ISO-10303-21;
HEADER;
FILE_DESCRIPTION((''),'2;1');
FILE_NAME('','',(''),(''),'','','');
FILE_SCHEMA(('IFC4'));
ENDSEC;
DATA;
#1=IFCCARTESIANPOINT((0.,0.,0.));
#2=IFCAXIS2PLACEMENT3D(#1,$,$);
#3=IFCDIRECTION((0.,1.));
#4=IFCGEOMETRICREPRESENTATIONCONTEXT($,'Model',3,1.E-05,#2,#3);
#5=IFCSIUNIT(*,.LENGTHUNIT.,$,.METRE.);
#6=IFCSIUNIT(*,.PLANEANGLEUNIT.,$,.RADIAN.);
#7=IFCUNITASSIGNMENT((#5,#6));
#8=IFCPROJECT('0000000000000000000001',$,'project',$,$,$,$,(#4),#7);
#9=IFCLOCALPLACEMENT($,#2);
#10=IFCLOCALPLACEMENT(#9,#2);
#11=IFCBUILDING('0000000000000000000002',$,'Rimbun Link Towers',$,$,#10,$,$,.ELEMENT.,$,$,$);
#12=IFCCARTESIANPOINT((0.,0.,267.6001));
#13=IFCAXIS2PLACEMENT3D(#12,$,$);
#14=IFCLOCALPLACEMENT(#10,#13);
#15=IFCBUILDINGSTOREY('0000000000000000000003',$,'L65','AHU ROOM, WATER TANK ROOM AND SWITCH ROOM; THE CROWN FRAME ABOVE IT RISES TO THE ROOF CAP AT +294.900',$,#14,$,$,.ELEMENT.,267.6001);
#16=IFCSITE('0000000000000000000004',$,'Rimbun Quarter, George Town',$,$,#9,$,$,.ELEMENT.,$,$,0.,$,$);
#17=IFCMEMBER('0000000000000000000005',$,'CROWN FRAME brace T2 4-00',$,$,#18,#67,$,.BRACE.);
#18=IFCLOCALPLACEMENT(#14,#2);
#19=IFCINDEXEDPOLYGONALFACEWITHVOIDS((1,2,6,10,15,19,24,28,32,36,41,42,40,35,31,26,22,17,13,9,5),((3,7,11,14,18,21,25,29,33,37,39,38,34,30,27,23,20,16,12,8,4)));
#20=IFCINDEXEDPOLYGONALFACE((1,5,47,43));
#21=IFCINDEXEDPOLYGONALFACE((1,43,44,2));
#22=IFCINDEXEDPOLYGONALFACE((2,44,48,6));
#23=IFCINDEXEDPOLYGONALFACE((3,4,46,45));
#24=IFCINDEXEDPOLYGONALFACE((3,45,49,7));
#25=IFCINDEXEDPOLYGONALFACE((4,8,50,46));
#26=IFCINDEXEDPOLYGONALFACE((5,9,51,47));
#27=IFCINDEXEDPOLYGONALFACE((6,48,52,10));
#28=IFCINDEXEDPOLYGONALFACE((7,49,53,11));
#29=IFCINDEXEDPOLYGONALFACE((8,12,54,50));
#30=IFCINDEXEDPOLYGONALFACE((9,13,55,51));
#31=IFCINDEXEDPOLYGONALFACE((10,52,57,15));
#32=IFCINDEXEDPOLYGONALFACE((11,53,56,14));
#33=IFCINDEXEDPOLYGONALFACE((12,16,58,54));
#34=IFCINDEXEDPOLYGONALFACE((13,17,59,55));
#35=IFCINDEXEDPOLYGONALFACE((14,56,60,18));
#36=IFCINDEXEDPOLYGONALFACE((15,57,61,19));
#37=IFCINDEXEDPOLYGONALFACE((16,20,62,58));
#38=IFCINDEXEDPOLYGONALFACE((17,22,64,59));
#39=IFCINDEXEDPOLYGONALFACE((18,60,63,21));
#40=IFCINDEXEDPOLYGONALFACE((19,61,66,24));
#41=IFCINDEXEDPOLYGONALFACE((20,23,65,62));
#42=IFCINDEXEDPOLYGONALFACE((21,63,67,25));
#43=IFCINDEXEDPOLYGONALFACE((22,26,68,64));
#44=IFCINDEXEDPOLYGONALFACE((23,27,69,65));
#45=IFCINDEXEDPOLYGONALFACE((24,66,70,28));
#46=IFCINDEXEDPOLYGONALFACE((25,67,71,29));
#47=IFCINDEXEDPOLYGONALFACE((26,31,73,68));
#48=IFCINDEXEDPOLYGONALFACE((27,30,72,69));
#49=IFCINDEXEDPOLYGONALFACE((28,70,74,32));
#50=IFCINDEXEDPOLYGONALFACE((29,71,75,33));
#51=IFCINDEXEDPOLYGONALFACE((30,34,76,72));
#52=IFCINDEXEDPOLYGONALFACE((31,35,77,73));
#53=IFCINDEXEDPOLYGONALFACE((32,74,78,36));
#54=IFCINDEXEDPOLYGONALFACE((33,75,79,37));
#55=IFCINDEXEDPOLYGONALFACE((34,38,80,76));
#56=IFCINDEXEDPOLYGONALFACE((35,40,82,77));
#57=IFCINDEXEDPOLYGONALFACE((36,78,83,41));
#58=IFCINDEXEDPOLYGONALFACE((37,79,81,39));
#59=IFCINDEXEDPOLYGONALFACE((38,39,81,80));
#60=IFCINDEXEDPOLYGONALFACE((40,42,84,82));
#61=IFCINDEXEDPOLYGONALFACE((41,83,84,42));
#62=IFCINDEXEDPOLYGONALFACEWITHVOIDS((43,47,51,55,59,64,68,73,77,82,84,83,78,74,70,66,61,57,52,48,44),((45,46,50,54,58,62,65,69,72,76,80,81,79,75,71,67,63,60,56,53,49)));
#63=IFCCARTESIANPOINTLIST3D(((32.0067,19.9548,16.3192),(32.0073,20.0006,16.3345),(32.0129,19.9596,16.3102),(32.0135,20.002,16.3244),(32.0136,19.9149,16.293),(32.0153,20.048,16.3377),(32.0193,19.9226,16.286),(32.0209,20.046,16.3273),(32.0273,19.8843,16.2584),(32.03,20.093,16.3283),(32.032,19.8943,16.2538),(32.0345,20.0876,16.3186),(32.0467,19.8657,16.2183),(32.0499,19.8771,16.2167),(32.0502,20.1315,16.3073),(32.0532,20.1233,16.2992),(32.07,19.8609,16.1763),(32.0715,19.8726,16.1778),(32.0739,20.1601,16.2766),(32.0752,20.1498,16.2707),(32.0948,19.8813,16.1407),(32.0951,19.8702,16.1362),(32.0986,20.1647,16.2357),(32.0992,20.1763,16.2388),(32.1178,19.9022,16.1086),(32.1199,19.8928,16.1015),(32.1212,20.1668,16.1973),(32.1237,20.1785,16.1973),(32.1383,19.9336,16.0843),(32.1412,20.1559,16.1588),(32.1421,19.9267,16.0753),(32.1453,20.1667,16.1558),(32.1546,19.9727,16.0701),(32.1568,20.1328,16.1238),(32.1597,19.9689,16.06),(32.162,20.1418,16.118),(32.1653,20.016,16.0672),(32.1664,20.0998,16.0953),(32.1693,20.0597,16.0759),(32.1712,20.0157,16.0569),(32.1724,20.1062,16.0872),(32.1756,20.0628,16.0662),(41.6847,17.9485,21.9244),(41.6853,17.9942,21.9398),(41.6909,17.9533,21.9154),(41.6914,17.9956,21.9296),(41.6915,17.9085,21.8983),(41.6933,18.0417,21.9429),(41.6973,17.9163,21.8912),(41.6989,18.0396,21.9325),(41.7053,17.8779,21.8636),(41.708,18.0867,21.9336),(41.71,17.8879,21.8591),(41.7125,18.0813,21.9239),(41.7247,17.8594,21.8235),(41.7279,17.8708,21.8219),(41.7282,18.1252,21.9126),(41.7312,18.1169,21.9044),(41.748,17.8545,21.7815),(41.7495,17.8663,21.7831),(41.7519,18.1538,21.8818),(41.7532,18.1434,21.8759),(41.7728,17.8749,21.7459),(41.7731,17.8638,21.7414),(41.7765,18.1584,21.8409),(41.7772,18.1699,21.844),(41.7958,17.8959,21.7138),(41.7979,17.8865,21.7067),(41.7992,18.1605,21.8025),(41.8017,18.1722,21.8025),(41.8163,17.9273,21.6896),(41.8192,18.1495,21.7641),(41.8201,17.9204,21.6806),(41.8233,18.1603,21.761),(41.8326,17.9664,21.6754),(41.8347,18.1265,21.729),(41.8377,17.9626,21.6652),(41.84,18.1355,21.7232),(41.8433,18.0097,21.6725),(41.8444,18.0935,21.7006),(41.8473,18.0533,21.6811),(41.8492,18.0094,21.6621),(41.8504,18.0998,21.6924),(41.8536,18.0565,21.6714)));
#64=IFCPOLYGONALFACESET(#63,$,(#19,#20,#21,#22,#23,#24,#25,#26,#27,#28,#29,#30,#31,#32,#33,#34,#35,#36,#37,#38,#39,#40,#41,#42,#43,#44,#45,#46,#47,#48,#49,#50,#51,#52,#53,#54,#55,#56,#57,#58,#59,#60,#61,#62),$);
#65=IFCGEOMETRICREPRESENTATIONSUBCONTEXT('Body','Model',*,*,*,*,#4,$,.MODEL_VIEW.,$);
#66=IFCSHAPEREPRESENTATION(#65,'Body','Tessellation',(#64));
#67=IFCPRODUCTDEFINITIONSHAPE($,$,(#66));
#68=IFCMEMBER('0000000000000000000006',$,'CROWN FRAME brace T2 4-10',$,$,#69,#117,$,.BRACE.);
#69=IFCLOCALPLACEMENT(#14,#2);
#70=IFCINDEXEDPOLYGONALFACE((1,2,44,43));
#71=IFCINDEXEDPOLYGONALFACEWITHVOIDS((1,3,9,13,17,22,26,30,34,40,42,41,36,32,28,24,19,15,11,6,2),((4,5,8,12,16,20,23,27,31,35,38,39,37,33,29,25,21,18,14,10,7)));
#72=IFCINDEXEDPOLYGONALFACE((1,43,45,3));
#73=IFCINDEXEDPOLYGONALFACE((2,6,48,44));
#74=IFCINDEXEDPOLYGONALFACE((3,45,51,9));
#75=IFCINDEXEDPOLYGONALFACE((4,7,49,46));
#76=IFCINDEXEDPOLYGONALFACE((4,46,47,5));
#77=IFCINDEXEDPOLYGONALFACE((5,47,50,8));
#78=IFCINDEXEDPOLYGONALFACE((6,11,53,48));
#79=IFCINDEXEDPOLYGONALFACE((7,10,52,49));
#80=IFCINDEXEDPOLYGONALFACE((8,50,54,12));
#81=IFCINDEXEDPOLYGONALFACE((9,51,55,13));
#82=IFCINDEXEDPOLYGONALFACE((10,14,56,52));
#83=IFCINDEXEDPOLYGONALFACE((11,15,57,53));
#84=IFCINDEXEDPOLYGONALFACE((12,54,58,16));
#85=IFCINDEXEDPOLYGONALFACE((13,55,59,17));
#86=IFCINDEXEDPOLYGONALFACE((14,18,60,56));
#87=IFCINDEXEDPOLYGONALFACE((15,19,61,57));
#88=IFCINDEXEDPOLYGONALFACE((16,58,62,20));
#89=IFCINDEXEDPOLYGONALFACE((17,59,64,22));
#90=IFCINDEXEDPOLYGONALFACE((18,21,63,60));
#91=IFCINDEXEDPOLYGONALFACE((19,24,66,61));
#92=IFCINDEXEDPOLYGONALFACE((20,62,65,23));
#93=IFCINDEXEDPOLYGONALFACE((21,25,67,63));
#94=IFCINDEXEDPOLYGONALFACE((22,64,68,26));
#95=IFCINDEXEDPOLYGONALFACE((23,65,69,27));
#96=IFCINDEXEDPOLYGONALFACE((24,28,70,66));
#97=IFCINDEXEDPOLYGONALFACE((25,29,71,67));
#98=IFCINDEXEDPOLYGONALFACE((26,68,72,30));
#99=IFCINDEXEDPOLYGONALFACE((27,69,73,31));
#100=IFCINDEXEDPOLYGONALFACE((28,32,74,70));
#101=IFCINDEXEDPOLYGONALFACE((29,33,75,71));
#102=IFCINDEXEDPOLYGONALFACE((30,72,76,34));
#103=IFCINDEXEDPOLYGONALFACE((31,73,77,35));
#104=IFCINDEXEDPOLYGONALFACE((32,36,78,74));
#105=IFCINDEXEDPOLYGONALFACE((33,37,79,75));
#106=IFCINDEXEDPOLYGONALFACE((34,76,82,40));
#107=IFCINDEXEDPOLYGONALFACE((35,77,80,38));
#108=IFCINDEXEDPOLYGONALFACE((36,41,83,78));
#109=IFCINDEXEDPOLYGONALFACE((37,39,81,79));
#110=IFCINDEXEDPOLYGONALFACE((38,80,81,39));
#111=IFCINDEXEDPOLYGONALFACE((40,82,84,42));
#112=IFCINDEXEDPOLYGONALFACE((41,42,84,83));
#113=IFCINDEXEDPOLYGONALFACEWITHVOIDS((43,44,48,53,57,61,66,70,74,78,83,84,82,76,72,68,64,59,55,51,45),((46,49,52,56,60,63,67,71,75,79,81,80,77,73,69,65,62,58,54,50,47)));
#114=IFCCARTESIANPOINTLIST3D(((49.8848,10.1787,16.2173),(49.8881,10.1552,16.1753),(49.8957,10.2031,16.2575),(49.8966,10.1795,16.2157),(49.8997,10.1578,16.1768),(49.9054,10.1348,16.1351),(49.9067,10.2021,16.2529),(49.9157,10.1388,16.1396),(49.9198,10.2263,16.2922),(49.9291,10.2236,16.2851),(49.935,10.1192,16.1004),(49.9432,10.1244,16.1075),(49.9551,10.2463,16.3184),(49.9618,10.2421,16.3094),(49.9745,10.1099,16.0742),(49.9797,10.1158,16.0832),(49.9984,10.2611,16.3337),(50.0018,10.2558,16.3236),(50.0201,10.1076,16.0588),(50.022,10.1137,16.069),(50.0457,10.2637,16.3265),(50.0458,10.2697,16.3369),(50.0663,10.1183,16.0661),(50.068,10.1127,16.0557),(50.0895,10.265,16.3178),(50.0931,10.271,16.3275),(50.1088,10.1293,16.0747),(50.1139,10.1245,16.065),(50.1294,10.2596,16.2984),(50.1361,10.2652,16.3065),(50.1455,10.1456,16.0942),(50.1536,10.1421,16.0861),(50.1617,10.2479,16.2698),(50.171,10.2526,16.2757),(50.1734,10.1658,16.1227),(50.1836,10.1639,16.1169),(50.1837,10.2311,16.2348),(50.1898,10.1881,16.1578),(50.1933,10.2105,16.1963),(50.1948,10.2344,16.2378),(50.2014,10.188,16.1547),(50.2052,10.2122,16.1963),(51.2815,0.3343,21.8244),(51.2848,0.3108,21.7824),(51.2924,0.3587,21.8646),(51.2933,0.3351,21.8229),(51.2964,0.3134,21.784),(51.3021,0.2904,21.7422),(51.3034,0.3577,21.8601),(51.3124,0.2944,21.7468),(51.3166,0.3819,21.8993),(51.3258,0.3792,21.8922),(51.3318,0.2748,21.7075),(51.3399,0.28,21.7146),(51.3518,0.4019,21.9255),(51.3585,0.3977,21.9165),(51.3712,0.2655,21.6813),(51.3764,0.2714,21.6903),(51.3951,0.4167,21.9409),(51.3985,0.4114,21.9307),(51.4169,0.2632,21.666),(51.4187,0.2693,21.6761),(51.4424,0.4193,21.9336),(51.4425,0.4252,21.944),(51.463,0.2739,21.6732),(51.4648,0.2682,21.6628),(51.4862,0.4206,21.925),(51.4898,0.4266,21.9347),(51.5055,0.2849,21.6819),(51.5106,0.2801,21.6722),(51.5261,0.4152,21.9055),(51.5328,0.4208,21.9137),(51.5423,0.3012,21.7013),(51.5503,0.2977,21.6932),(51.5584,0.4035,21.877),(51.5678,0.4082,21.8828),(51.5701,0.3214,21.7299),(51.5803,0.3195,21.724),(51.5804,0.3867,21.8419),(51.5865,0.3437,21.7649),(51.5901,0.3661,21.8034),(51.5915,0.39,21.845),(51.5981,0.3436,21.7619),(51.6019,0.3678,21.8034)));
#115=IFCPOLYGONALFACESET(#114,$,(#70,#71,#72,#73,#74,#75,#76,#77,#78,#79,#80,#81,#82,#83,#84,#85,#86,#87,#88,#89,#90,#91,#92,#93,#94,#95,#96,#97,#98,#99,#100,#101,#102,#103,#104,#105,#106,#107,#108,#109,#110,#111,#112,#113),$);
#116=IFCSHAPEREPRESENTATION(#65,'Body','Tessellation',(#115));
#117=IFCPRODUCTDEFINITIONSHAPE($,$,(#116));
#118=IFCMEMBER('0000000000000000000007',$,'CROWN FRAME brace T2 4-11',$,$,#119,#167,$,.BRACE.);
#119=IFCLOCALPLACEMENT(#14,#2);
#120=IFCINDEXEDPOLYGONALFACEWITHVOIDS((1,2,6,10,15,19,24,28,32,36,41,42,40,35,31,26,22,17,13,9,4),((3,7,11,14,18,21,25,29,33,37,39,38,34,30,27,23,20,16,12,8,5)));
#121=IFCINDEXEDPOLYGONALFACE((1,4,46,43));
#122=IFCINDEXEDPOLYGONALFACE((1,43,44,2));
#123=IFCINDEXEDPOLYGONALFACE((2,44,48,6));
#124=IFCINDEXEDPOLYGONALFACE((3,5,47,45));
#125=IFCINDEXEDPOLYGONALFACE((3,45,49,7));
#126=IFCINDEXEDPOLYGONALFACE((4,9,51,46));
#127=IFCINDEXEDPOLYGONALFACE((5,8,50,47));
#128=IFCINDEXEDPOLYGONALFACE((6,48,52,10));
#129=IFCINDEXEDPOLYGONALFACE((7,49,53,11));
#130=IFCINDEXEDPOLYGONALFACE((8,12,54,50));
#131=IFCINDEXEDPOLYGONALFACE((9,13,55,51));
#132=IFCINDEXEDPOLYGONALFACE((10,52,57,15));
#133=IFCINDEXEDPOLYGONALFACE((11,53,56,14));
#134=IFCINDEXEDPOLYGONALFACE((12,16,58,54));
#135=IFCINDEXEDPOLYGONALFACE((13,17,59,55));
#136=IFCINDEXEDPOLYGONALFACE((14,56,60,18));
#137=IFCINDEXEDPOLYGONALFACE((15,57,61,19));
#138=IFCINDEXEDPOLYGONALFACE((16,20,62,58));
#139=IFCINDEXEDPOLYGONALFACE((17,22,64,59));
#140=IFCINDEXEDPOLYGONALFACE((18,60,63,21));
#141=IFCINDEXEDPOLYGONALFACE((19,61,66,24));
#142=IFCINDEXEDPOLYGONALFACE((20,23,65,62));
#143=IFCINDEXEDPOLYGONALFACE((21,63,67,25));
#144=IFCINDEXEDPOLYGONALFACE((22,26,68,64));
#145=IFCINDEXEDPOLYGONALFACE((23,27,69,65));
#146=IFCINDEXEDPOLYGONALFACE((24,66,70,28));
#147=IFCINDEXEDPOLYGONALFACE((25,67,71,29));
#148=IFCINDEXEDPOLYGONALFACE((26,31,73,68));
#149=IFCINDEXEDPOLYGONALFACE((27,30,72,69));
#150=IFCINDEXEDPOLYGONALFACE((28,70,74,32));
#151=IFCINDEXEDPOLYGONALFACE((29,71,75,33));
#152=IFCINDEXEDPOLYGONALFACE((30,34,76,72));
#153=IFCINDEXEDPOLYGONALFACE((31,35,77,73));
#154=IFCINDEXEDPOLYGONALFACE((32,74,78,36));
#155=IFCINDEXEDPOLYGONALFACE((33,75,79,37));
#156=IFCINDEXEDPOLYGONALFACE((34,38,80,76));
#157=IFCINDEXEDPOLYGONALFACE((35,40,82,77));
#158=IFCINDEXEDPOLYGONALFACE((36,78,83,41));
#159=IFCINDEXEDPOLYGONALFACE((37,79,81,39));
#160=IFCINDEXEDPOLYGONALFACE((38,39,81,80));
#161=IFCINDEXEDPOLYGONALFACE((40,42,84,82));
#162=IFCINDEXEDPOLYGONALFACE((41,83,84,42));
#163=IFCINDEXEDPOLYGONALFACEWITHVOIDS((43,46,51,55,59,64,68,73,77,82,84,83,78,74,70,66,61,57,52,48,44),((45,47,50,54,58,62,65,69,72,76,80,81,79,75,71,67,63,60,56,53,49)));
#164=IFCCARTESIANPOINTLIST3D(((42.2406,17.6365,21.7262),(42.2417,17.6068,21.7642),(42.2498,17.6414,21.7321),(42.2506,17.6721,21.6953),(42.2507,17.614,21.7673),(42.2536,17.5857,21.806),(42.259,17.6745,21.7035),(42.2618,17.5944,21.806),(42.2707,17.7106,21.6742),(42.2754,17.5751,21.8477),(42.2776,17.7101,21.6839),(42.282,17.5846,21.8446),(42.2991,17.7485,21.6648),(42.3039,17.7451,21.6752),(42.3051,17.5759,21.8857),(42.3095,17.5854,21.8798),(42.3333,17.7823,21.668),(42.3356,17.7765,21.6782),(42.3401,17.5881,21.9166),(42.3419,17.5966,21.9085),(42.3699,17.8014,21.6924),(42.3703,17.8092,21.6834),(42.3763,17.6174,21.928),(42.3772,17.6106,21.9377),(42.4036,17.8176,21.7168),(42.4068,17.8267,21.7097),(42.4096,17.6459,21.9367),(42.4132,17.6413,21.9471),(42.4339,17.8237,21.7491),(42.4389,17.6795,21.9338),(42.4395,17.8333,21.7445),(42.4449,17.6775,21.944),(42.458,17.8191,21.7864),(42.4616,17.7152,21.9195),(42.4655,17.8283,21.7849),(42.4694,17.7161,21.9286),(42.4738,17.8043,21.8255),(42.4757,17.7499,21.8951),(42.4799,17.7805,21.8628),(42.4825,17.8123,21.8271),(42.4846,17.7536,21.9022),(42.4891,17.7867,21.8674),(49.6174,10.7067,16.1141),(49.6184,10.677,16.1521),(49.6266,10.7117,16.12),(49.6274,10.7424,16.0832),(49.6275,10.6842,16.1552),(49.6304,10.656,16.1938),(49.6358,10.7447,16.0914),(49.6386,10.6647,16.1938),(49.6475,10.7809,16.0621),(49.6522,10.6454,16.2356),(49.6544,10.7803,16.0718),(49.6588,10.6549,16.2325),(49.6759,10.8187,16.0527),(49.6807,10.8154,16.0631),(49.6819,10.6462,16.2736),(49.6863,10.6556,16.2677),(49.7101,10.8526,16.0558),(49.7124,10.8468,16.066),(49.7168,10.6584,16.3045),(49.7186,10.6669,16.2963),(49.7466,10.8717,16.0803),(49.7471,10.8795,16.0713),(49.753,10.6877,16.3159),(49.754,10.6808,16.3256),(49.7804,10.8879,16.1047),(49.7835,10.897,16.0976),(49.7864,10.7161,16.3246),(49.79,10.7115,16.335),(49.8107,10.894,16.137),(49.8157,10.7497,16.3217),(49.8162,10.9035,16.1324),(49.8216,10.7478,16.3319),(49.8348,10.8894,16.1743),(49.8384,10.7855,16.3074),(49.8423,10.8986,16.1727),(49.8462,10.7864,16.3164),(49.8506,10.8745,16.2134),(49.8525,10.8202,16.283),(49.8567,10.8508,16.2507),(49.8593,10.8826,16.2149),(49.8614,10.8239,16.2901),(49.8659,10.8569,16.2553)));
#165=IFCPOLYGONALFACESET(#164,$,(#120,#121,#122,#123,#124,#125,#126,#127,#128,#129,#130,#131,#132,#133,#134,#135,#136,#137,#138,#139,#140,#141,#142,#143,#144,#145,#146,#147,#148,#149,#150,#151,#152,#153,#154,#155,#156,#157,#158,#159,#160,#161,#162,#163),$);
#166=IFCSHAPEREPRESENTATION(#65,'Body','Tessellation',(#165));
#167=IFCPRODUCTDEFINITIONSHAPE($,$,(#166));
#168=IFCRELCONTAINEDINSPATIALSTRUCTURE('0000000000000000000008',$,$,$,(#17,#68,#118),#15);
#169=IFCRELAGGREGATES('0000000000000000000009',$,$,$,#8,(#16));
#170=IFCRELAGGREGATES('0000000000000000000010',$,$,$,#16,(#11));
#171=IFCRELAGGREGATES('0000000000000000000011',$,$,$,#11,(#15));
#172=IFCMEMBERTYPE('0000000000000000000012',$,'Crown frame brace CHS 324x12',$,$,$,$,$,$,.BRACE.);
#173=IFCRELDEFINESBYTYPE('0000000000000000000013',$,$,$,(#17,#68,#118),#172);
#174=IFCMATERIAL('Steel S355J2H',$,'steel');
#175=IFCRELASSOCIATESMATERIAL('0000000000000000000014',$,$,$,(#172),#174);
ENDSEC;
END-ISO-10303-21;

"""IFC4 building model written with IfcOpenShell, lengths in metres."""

from ifc_helpers import new_model, si_unit, direction, frame, origin, origin_2d, place, context, subcontext, project, spatial, hollow_circle, extrude, material, material_profile, profile_set, type_object, element, save


model = new_model("IFC4")

# Units and contexts
model_context = context("Model", 3, precision=1e-05, world=origin(), true_north=direction((0.0, 1.0)))
body_context = subcontext(model_context, "Body", "Model", "MODEL_VIEW")
ifc_project = project(units=[si_unit("LENGTHUNIT", "METRE"), si_unit("PLANEANGLEUNIT", "RADIAN")], contexts=[model_context])

# Site, building, storey
site_placement = place(None, origin())
site = spatial("IfcSite", under=ifc_project, at=site_placement, Name="Rimbun Quarter, George Town", CompositionType="ELEMENT", RefElevation=0.0)
building_placement = place(site_placement, origin())
building = spatial("IfcBuilding", under=site, at=building_placement, Name="Rimbun Link Towers", CompositionType="ELEMENT")
storey_placement = place(building_placement, frame((0.0, 0.0, 267.6001)))
storey = spatial("IfcBuildingStorey", under=building, at=storey_placement, Name="L65", Description="AHU ROOM, WATER TANK ROOM AND SWITCH ROOM; THE CROWN FRAME ABOVE IT RISES TO THE ROOF CAP AT +294.900", CompositionType="ELEMENT", Elevation=267.6001)

# Members
ifc_material_1 = material(Name="Steel S355J2H", Category="steel")
ifc_material_profile_1 = material_profile(ifc_material_1, hollow_circle(Radius=0.1619, WallThickness=0.012, at=origin_2d()), Name="Crown frame brace CHS 324x12")
ifc_profile_set_1 = profile_set([ifc_material_profile_1], Name="Steel S355J2H")
member_type_1 = type_object("IfcMemberType", Name="Crown frame brace CHS 324x12", PredefinedType="BRACE", material=ifc_profile_set_1)
member_1_placement = place(storey_placement, frame((32.0908, 20.02, 16.1973), z_axis=(0.851745, -0.176576, 0.493307), x_axis=(0.202994, 0.97918, 0.0)))
element("IfcMember", 1, at=member_1_placement, inside=storey, type_object=member_type_1, Name="CROWN FRAME brace T2 4-00", PredefinedType="BRACE", context=body_context, shape_type="SweptSolid", body=[
    extrude(hollow_circle(Radius=0.1619, WallThickness=0.012, at=origin_2d()), origin(), (0.0, 0.0, 1.0), 11.3625),
])
member_2_placement = place(storey_placement, frame((50.0449, 10.1895, 16.1963), z_axis=(0.122358, -0.862407, 0.491206), x_axis=(0.990085, 0.140473, 0.0)))
element("IfcMember", 2, at=member_2_placement, inside=storey, type_object=member_type_1, Name="CROWN FRAME brace T2 4-10", PredefinedType="BRACE", context=body_context, shape_type="SweptSolid", body=[
    extrude(hollow_circle(Radius=0.1619, WallThickness=0.012, at=origin_2d()), origin(), (0.0, 0.0, 1.0), 11.415),
])
member_3_placement = place(storey_placement, frame((49.7412, 10.7739, 16.1938), z_axis=(-0.637413, 0.598787, 0.484932), x_axis=(-0.684678, -0.728846, 0.0)))
element("IfcMember", 3, at=member_3_placement, inside=storey, type_object=member_type_1, Name="CROWN FRAME brace T2 4-11", PredefinedType="BRACE", context=body_context, shape_type="SweptSolid", body=[
    extrude(hollow_circle(Radius=0.1619, WallThickness=0.012, at=origin_2d()), origin(), (0.0, 0.0, 1.0), 11.573),
])

save(model, "model.ifc")
